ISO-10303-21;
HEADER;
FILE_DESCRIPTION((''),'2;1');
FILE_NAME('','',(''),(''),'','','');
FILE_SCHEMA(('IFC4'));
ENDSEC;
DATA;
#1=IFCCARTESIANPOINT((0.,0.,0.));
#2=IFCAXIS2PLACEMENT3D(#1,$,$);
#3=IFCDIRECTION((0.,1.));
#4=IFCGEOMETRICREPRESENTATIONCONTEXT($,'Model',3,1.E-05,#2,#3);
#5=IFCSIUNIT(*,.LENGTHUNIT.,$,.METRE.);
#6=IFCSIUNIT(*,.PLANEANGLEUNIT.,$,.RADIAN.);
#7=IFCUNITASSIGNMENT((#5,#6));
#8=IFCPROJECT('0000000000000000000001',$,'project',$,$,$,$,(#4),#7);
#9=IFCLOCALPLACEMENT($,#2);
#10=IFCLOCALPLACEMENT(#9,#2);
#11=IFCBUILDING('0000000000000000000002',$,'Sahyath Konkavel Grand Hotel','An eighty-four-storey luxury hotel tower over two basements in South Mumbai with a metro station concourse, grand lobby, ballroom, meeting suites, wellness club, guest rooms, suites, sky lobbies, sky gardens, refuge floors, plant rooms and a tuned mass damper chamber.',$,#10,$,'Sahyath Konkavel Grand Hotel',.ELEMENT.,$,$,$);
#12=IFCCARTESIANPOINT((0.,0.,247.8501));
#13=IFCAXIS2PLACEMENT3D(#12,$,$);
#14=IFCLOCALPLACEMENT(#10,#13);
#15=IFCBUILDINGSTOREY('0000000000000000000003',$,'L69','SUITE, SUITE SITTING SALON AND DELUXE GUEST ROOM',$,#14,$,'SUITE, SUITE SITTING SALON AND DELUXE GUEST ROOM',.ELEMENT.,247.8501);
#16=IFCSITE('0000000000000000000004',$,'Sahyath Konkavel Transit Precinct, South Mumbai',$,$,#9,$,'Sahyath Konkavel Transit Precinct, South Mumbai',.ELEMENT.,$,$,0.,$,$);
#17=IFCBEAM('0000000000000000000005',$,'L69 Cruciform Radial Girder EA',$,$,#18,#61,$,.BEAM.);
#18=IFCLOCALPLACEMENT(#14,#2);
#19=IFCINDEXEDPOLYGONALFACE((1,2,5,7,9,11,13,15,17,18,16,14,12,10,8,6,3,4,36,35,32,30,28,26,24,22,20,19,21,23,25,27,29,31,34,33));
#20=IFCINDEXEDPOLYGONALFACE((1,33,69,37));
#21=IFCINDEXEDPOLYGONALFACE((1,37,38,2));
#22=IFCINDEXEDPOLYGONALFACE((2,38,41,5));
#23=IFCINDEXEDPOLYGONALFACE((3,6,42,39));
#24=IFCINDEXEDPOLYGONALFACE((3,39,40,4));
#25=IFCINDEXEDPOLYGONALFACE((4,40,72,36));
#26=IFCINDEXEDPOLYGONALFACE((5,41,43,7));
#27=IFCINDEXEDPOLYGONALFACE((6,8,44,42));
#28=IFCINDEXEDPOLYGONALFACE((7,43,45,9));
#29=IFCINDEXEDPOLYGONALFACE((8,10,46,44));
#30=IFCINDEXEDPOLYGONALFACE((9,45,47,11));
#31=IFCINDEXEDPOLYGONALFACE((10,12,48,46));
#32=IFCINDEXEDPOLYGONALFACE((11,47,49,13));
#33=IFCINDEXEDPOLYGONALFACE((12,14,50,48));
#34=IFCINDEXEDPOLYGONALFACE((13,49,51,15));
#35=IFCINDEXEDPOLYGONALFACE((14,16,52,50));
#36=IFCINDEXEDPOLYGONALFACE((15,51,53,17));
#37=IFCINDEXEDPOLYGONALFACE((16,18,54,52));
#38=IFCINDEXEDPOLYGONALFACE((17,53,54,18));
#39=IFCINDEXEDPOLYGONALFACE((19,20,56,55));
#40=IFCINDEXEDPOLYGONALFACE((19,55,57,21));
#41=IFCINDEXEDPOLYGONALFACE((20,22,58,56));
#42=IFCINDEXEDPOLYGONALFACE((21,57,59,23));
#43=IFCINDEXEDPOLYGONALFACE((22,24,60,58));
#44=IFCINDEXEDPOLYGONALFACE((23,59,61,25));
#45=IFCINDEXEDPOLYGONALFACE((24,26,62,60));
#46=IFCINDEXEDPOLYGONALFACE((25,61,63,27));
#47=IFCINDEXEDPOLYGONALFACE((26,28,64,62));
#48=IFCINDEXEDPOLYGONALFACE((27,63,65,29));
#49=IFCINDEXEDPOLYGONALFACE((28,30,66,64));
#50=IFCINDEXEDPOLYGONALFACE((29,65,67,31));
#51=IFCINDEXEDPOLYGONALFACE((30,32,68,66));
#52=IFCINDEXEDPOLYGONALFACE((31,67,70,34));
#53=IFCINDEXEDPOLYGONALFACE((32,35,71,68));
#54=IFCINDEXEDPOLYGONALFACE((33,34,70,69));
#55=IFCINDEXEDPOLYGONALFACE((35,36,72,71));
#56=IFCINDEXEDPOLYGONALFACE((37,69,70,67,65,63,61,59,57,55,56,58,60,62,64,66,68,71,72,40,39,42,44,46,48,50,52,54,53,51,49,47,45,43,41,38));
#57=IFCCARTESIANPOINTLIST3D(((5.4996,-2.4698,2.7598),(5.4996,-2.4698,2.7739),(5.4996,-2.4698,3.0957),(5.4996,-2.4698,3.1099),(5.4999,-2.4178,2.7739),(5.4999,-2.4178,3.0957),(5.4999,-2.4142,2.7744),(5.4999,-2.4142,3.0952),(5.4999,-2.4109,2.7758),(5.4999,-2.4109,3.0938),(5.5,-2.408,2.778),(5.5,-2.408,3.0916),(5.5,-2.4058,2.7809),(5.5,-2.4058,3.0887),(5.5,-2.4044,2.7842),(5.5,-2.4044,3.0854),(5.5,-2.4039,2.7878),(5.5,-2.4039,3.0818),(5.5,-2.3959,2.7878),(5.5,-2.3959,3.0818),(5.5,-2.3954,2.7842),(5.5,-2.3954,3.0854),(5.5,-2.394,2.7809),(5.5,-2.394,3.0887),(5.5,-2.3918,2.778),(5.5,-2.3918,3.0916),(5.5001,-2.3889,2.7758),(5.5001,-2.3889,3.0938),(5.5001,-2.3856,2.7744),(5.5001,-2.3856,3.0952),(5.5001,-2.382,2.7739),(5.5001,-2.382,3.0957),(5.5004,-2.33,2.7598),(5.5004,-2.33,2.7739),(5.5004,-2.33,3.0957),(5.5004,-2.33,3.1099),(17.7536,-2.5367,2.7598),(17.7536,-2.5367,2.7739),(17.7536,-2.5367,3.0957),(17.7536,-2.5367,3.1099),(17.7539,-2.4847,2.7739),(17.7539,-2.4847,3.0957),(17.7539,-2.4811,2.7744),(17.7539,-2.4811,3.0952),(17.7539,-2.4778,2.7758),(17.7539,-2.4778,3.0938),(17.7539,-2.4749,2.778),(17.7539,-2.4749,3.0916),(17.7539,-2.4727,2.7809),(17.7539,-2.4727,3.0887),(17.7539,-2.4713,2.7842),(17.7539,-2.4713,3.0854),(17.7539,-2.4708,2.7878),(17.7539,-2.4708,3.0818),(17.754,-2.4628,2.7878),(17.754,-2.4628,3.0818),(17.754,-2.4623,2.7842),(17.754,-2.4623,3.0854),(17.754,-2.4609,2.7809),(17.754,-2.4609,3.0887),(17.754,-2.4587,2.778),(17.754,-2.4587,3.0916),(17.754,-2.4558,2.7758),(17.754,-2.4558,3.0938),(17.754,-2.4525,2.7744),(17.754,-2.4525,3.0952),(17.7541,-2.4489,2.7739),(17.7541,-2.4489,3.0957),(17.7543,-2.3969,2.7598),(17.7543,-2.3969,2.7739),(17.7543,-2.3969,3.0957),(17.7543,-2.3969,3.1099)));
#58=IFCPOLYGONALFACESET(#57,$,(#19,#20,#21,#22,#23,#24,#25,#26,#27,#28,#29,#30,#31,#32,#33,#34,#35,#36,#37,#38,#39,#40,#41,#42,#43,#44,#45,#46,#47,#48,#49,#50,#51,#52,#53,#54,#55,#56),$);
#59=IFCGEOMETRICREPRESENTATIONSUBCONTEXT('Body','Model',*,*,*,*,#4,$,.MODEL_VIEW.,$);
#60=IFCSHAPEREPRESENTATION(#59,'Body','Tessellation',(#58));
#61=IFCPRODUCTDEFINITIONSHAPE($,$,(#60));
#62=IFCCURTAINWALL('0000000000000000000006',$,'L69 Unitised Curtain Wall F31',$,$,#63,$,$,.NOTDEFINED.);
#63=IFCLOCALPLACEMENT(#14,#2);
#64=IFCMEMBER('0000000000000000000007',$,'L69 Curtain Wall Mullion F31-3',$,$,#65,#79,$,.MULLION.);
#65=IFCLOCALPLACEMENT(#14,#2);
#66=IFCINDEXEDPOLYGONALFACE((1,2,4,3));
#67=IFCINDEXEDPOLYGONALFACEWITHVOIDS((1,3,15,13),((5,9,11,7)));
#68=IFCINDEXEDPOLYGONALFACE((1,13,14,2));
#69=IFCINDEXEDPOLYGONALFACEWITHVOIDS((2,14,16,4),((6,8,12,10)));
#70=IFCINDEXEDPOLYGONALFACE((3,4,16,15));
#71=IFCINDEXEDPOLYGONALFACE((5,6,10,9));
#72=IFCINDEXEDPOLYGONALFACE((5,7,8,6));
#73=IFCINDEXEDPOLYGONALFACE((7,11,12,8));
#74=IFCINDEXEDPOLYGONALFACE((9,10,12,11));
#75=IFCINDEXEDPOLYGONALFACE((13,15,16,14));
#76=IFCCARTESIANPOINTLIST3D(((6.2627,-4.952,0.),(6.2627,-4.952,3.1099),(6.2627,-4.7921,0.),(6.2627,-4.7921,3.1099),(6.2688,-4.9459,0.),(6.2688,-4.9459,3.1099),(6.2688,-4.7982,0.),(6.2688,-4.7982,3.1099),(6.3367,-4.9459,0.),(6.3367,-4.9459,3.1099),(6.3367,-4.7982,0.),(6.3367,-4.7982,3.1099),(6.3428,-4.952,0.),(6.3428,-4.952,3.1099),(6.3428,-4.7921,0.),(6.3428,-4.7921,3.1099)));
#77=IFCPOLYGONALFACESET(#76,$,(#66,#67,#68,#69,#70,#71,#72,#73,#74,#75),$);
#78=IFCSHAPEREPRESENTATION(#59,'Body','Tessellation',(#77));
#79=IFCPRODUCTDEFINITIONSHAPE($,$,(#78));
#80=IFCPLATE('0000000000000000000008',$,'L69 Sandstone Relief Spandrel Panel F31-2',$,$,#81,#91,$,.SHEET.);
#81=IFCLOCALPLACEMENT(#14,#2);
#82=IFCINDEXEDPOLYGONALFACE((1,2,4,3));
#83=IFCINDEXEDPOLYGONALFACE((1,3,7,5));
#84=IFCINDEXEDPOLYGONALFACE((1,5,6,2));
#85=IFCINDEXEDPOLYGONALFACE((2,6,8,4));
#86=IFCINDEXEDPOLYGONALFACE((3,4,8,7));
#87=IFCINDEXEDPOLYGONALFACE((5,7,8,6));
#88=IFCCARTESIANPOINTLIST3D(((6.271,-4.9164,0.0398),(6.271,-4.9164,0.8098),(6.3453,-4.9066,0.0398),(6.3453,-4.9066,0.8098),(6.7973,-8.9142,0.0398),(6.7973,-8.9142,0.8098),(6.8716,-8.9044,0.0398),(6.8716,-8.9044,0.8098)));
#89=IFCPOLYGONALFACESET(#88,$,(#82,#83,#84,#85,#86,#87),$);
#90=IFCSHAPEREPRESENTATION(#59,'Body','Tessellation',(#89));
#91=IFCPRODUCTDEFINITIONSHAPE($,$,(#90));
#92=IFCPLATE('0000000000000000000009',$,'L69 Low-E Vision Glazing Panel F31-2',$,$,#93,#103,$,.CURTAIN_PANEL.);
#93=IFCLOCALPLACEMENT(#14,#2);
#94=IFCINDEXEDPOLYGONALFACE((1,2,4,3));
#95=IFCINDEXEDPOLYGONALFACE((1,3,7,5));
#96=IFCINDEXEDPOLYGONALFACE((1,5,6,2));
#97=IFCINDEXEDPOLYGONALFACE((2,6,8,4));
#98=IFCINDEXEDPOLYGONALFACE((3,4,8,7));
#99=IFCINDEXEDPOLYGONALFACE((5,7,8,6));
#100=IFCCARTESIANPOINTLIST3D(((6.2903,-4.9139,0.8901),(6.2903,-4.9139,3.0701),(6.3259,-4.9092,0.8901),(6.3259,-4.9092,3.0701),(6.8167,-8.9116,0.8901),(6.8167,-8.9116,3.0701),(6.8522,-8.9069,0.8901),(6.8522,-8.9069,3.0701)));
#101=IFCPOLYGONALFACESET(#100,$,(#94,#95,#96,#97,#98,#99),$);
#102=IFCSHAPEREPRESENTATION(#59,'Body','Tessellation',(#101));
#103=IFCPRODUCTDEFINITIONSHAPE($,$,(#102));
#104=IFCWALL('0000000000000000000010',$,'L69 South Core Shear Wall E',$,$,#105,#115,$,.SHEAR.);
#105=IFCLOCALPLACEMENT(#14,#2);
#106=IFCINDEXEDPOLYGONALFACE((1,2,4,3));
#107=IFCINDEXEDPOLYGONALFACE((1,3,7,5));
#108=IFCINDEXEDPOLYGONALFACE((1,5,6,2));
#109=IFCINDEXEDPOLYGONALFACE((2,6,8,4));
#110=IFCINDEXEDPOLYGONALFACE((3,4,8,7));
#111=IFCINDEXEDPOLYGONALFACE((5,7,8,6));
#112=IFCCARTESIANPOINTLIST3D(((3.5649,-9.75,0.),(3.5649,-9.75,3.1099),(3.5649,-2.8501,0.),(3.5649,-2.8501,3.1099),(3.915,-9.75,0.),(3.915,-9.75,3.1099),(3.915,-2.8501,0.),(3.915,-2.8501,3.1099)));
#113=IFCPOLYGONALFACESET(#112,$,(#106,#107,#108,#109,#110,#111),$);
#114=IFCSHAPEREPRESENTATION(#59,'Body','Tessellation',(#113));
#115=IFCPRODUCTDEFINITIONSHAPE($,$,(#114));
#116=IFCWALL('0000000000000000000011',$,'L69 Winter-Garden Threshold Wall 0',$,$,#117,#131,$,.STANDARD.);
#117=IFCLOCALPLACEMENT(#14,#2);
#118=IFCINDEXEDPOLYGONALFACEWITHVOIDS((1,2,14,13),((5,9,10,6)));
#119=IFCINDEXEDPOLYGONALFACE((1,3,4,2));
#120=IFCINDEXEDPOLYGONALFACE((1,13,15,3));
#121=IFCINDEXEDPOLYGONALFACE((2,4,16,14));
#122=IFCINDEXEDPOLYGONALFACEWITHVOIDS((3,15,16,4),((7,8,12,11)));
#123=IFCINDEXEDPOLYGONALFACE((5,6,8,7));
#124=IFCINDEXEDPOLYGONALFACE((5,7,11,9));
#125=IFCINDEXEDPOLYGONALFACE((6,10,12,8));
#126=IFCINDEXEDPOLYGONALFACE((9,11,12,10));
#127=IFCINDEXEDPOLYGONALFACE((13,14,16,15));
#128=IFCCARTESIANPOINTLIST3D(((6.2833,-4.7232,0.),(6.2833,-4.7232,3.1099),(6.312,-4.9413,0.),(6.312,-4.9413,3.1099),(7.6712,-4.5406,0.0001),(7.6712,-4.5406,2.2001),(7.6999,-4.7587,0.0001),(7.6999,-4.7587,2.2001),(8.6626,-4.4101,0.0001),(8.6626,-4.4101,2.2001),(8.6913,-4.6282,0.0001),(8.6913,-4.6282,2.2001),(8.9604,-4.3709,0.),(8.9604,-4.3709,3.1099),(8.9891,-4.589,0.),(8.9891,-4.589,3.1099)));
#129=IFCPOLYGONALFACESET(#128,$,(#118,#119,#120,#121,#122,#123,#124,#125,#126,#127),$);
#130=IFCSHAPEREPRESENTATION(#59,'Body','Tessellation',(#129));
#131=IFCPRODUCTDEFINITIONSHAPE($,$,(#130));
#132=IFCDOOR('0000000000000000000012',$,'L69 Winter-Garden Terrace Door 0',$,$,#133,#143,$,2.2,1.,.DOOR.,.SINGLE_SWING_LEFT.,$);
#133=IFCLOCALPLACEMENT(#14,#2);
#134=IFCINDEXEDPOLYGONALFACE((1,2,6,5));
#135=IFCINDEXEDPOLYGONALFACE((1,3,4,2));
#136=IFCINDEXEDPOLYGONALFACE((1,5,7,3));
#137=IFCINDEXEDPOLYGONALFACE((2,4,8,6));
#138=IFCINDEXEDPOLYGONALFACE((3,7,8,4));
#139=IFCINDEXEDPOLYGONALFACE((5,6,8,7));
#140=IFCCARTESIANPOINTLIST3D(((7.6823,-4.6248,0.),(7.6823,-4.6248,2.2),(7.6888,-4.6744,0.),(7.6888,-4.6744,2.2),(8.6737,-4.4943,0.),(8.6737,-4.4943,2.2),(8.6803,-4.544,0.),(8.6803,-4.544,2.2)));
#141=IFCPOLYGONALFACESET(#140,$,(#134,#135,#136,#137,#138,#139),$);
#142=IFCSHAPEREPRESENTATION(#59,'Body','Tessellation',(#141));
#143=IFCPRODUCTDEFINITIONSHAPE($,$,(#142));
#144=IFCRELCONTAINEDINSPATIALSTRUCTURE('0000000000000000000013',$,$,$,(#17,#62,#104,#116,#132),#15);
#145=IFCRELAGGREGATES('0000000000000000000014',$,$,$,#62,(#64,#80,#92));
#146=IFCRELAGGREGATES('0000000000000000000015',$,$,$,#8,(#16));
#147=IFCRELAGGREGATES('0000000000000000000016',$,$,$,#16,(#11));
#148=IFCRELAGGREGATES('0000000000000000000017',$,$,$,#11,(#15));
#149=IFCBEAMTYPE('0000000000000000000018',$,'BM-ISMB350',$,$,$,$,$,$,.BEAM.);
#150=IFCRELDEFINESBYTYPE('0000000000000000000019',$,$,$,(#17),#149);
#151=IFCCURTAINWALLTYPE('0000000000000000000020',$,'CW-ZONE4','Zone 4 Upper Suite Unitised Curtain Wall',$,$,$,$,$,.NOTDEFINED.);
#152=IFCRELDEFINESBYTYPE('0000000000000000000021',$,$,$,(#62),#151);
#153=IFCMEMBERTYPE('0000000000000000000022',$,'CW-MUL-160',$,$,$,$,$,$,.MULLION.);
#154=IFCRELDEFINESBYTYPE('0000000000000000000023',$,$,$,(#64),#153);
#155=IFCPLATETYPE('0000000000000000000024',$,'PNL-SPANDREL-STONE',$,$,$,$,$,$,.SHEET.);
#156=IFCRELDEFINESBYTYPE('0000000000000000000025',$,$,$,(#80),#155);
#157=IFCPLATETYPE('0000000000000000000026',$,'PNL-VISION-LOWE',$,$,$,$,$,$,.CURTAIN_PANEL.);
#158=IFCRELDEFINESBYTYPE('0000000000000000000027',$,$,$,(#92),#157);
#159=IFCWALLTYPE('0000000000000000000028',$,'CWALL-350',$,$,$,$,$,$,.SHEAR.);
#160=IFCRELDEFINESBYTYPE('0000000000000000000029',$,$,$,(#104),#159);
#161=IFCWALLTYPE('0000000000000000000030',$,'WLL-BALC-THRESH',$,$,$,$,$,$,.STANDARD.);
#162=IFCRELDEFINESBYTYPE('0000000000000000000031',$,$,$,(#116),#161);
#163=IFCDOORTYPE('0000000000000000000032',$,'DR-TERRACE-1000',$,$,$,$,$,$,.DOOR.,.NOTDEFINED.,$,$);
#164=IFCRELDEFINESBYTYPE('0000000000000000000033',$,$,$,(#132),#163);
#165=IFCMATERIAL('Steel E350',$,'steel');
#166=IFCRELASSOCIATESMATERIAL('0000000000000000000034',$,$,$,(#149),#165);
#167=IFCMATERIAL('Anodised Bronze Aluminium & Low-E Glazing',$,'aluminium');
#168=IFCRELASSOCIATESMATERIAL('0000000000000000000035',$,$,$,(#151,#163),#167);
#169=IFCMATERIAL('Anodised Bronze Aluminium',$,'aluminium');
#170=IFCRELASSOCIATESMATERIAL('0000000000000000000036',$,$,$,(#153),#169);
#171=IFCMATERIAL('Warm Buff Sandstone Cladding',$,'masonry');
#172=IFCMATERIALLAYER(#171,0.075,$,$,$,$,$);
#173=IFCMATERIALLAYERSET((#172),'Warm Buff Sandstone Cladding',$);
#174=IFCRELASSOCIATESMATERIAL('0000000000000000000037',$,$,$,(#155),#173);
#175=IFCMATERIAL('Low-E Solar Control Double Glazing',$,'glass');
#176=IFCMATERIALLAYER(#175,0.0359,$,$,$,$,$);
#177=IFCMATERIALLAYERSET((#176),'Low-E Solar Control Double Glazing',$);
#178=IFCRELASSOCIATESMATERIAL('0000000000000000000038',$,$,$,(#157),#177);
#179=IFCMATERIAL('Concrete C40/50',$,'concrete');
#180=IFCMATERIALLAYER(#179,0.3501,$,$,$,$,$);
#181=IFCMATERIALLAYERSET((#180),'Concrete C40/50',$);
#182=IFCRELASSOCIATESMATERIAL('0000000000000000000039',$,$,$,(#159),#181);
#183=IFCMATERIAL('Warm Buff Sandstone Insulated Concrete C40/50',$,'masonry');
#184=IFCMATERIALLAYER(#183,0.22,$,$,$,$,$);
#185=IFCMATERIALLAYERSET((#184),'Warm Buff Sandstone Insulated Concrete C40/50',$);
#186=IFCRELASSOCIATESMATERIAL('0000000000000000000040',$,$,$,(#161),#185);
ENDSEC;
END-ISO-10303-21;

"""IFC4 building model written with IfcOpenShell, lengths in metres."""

from ifc_helpers import new_model, si_unit, direction, frame, frame_2d, origin, origin_2d, place, context, subcontext, project, spatial, rectangle, hollow_rectangle, i_section, extrude, source, transform, mapped, material, layer, layer_set, material_profile, profile_set, type_object, element, fill, aggregate, save


model = new_model("IFC4")

# Units and contexts
model_context = context("Model", 3, precision=1e-05, world=origin(), true_north=direction((0.0, 1.0)))
body_context = subcontext(model_context, "Body", "Model", "MODEL_VIEW")
ifc_project = project(units=[si_unit("LENGTHUNIT", "METRE"), si_unit("PLANEANGLEUNIT", "RADIAN")], contexts=[model_context])

# Site, building, storey
site_placement = place(None, origin())
site = spatial("IfcSite", under=ifc_project, at=site_placement, Name="Sahyath Konkavel Transit Precinct, South Mumbai", LongName="Sahyath Konkavel Transit Precinct, South Mumbai", CompositionType="ELEMENT", RefElevation=0.0)
building_placement = place(site_placement, origin())
building = spatial("IfcBuilding", under=site, at=building_placement, Name="Sahyath Konkavel Grand Hotel", Description="An eighty-four-storey luxury hotel tower over two basements in South Mumbai with a metro station concourse, grand lobby, ballroom, meeting suites, wellness club, guest rooms, suites, sky lobbies, sky gardens, refuge floors, plant rooms and a tuned mass damper chamber.", LongName="Sahyath Konkavel Grand Hotel", CompositionType="ELEMENT")
storey_placement = place(building_placement, frame((0.0, 0.0, 247.8501)))
storey = spatial("IfcBuildingStorey", under=building, at=storey_placement, Name="L69", Description="SUITE, SUITE SITTING SALON AND DELUXE GUEST ROOM", LongName="SUITE, SUITE SITTING SALON AND DELUXE GUEST ROOM", CompositionType="ELEMENT", Elevation=247.8501)

# Shared definitions
ifc_material_1 = material(Name="Concrete C40/50", Category="concrete")

# Beam
ifc_material_2 = material(Name="Steel E350", Category="steel")
ifc_material_profile_1 = material_profile(ifc_material_2, i_section(OverallWidth=0.1399, OverallDepth=0.3501, WebThickness=0.0081, FlangeThickness=0.0142, FilletRadius=0.0139, at=origin_2d()), Name="ISMB 350")
ifc_profile_set_1 = profile_set([ifc_material_profile_1], Name="Steel E350")
beam_type_1 = type_object("IfcBeamType", Name="BM-ISMB350", PredefinedType="BEAM", material=ifc_profile_set_1)
shared_shape_1 = source(origin(), body_context, "Body", "SweptSolid", [
    extrude(i_section(OverallWidth=0.1399, OverallDepth=0.3501, WebThickness=0.0081, FlangeThickness=0.0142, FilletRadius=0.0139, at=origin_2d()), origin(), (0.0, 0.0, 1.0), 12.2542),
])
beam_1_placement = place(storey_placement, frame((5.5, -2.3999, 2.9348), z_axis=(0.999985, -0.005459, 0.0), x_axis=(0.005459, 0.999985, 0.0)))
element("IfcBeam", 1, at=beam_1_placement, inside=storey, type_object=beam_type_1, Name="L69 Cruciform Radial Girder EA", PredefinedType="BEAM", context=body_context, shape_type="MappedRepresentation", body=[
    mapped(shared_shape_1, transform((0.0, 0.0, 0.0), scale=1.0)),
])

# Curtain wall, member, plates
ifc_material_3 = material(Name="Anodised Bronze Aluminium & Low-E Glazing", Category="aluminium")
curtain_wall_type = type_object("IfcCurtainWallType", Name="CW-ZONE4", Description="Zone 4 Upper Suite Unitised Curtain Wall", PredefinedType="NOTDEFINED", material=ifc_material_3)
curtain_wall_placement = place(storey_placement, origin())
curtain_wall = element("IfcCurtainWall", 2, at=curtain_wall_placement, inside=storey, type_object=curtain_wall_type, Name="L69 Unitised Curtain Wall F31", PredefinedType="NOTDEFINED")
ifc_material_4 = material(Name="Anodised Bronze Aluminium", Category="aluminium")
ifc_material_profile_2 = material_profile(ifc_material_4, hollow_rectangle(XDim=0.0801, YDim=0.1599, WallThickness=0.0061, at=origin_2d()), Name="RHS 160x80x6")
ifc_profile_set_2 = profile_set([ifc_material_profile_2], Name="Anodised Bronze Aluminium")
member_type = type_object("IfcMemberType", Name="CW-MUL-160", PredefinedType="MULLION", material=ifc_profile_set_2)
shared_shape_2 = source(origin(), body_context, "Body", "SweptSolid", [
    extrude(hollow_rectangle(XDim=0.0801, YDim=0.1599, WallThickness=0.0061, at=origin_2d()), origin(), (0.0, 0.0, 1.0), 3.1099),
])
member_placement = place(storey_placement, frame((6.3027, -4.8721, 0.0), z_axis=(0.0, 0.0, 1.0), x_axis=(1.0, 0.0, 0.0)))
member = element("IfcMember", 3, at=member_placement, type_object=member_type, Name="L69 Curtain Wall Mullion F31-3", PredefinedType="MULLION", context=body_context, shape_type="MappedRepresentation", body=[
    mapped(shared_shape_2, transform((0.0, 0.0, 0.0), scale=1.0)),
])
ifc_material_5 = material(Name="Warm Buff Sandstone Cladding", Category="masonry")
ifc_layer_1 = layer(ifc_material_5, 0.075)
ifc_layer_set_1 = layer_set([ifc_layer_1], Name="Warm Buff Sandstone Cladding")
plate_type_1 = type_object("IfcPlateType", Name="PNL-SPANDREL-STONE", PredefinedType="SHEET", material=ifc_layer_set_1)
shared_shape_3 = source(origin(), body_context, "Body", "SweptSolid", [
    extrude(rectangle(XDim=4.0322, YDim=0.075, at=origin_2d()), origin(), (0.0, 0.0, 1.0), 0.77),
])
plate_1_placement = place(storey_placement, frame((6.5713, -6.9104, 0.0398), z_axis=(0.0, 0.0, 1.0), x_axis=(-0.130526, 0.991445, 0.0)))
plate_1 = element("IfcPlate", 4, at=plate_1_placement, type_object=plate_type_1, Name="L69 Sandstone Relief Spandrel Panel F31-2", PredefinedType="SHEET", context=body_context, shape_type="MappedRepresentation", body=[
    mapped(shared_shape_3, transform((0.0, 0.0, 0.0), scale=1.0)),
])
ifc_material_6 = material(Name="Low-E Solar Control Double Glazing", Category="glass")
ifc_layer_2 = layer(ifc_material_6, 0.0359)
ifc_layer_set_2 = layer_set([ifc_layer_2], Name="Low-E Solar Control Double Glazing")
plate_type_2 = type_object("IfcPlateType", Name="PNL-VISION-LOWE", PredefinedType="CURTAIN_PANEL", material=ifc_layer_set_2)
shared_shape_4 = source(origin(), body_context, "Body", "SweptSolid", [
    extrude(rectangle(XDim=4.0322, YDim=0.0359, at=origin_2d()), origin(), (0.0, 0.0, 1.0), 2.1799),
])
plate_2_placement = place(storey_placement, frame((6.5713, -6.9104, 0.8901), z_axis=(0.0, 0.0, 1.0), x_axis=(-0.130526, 0.991445, 0.0)))
plate_2 = element("IfcPlate", 5, at=plate_2_placement, type_object=plate_type_2, Name="L69 Low-E Vision Glazing Panel F31-2", PredefinedType="CURTAIN_PANEL", context=body_context, shape_type="MappedRepresentation", body=[
    mapped(shared_shape_4, transform((0.0, 0.0, 0.0), scale=1.0)),
])
aggregate(curtain_wall, [member, plate_1, plate_2])

# Wall
ifc_layer_3 = layer(ifc_material_1, 0.3501)
ifc_layer_set_3 = layer_set([ifc_layer_3], Name="Concrete C40/50")
wall_type_1 = type_object("IfcWallType", Name="CWALL-350", PredefinedType="SHEAR", material=ifc_layer_set_3)
wall_1_placement = place(storey_placement, frame((3.74, -9.75, 0.0), z_axis=(0.0, 0.0, 1.0), x_axis=(0.0, 1.0, 0.0)))
element("IfcWall", 6, at=wall_1_placement, inside=storey, type_object=wall_type_1, Name="L69 South Core Shear Wall E", PredefinedType="SHEAR", context=body_context, shape_type="SweptSolid", body=[
    extrude(rectangle(XDim=6.8999, YDim=0.3501, at=frame_2d((3.45, 0.0))), origin(), (0.0, 0.0, 1.0), 3.1099),
])

# Wall, opening, door
ifc_material_7 = material(Name="Warm Buff Sandstone Insulated Concrete C40/50", Category="masonry")
ifc_layer_4 = layer(ifc_material_7, 0.22)
ifc_layer_set_4 = layer_set([ifc_layer_4], Name="Warm Buff Sandstone Insulated Concrete C40/50")
wall_type_2 = type_object("IfcWallType", Name="WLL-BALC-THRESH", PredefinedType="STANDARD", material=ifc_layer_set_4)
wall_2_placement = place(storey_placement, frame((6.2976, -4.8323, 0.0), z_axis=(0.0, 0.0, 1.0), x_axis=(0.991452, 0.130476, 0.0)))
wall_2 = element("IfcWall", 7, at=wall_2_placement, inside=storey, type_object=wall_type_2, Name="L69 Winter-Garden Threshold Wall 0", PredefinedType="STANDARD", context=body_context, shape_type="SweptSolid", body=[
    extrude(rectangle(XDim=2.7002, YDim=0.22, at=frame_2d((1.3501, 0.0))), origin(), (0.0, 0.0, 1.0), 3.1099),
])
opening_1_placement = place(wall_2_placement, frame((1.3999, 0.0, 0.0)))
opening_1 = element("IfcOpeningElement", 8, at=opening_1_placement, cuts=wall_2, PredefinedType="OPENING", context=body_context, shape_type="SweptSolid", body=[
    extrude(rectangle(XDim=1.0, YDim=2.2, at=frame_2d((0.5, 1.1001))), frame((0.0, 0.1201, 0.0), z_axis=(0.0, -1.0, 0.0), x_axis=(1.0, 0.0, 0.0)), (0.0, 0.0, 1.0), 0.24),
])
door_type_1 = type_object("IfcDoorType", Name="DR-TERRACE-1000", OperationType="NOTDEFINED", PredefinedType="DOOR", material=ifc_material_3)
shared_shape_5 = source(origin(), body_context, "Body", "SweptSolid", [
    extrude(rectangle(XDim=1.0, YDim=0.05, at=origin_2d()), origin(), (0.0, 0.0, 1.0), 2.2),
])
door_1_placement = place(opening_1_placement, frame((0.5, 0.0, 0.0)))
door_1 = element("IfcDoor", 9, at=door_1_placement, inside=storey, type_object=door_type_1, Name="L69 Winter-Garden Terrace Door 0", OperationType="SINGLE_SWING_LEFT", OverallHeight=2.2, OverallWidth=1.0, PredefinedType="DOOR", context=body_context, shape_type="MappedRepresentation", body=[
    mapped(shared_shape_5, transform((0.0, 0.0, 0.0), scale=1.0)),
])
fill(opening_1, door_1)

save(model, "model.ifc")
